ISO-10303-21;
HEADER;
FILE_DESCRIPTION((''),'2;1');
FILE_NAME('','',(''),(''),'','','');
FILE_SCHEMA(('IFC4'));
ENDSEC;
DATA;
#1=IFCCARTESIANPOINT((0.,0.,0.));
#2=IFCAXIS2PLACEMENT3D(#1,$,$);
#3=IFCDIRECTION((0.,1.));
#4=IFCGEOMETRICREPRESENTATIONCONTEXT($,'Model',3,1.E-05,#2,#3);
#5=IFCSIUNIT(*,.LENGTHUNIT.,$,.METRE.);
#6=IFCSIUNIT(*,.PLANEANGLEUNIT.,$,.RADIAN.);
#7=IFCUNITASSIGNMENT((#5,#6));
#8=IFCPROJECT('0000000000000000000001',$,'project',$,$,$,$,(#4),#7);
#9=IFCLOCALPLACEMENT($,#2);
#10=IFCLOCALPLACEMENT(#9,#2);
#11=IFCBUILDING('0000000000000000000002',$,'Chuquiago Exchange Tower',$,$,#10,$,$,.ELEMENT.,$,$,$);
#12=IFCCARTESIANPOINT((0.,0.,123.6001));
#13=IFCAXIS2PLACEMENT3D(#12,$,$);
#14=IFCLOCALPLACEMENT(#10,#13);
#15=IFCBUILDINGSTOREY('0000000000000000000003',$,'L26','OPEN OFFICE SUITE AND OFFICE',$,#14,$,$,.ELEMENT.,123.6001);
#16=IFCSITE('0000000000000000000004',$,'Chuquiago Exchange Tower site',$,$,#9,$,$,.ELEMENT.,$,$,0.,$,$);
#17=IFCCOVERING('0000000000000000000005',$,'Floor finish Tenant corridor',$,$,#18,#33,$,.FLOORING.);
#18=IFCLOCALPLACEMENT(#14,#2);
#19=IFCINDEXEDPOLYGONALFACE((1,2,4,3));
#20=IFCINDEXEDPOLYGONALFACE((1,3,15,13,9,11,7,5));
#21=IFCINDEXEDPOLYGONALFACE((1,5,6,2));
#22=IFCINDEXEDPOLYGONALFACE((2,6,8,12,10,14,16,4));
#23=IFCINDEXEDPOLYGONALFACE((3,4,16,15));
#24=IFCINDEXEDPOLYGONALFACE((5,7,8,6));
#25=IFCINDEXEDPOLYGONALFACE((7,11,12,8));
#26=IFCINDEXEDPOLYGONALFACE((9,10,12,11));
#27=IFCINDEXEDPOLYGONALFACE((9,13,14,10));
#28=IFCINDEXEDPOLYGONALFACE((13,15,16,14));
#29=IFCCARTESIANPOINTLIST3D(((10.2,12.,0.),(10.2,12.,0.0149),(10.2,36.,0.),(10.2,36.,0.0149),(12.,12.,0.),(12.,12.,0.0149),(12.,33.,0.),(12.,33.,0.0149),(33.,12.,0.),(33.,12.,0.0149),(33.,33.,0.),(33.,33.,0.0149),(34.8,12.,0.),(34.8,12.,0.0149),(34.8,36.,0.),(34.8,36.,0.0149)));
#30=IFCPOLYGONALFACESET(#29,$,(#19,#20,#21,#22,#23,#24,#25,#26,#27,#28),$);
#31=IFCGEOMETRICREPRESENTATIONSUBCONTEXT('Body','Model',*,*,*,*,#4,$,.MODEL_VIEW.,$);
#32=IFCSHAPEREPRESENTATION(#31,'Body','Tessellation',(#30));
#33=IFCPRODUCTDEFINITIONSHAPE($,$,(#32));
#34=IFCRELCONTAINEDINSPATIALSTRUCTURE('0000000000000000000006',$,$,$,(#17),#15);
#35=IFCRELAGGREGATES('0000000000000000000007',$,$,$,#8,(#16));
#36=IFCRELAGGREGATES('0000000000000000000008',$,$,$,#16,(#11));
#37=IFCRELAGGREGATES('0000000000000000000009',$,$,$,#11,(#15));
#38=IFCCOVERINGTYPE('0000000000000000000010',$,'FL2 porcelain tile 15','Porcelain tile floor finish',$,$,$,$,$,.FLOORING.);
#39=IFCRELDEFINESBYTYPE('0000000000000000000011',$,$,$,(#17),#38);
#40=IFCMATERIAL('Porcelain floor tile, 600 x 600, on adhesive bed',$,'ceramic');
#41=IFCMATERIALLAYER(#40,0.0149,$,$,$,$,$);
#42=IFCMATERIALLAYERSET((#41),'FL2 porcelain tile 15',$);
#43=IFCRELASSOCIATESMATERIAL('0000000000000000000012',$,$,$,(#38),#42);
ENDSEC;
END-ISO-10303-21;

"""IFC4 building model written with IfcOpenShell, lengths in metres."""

from ifc_helpers import new_model, si_unit, direction, frame, origin, place, context, subcontext, project, spatial, polyline, outline, extrude, material, layer, layer_set, type_object, element, save


model = new_model("IFC4")

# Units and contexts
model_context = context("Model", 3, precision=1e-05, world=origin(), true_north=direction((0.0, 1.0)))
body_context = subcontext(model_context, "Body", "Model", "MODEL_VIEW")
ifc_project = project(units=[si_unit("LENGTHUNIT", "METRE"), si_unit("PLANEANGLEUNIT", "RADIAN")], contexts=[model_context])

# Site, building, storey
site_placement = place(None, origin())
site = spatial("IfcSite", under=ifc_project, at=site_placement, Name="Chuquiago Exchange Tower site", CompositionType="ELEMENT", RefElevation=0.0)
building_placement = place(site_placement, origin())
building = spatial("IfcBuilding", under=site, at=building_placement, Name="Chuquiago Exchange Tower", CompositionType="ELEMENT")
storey_placement = place(building_placement, frame((0.0, 0.0, 123.6001)))
storey = spatial("IfcBuildingStorey", under=building, at=storey_placement, Name="L26", Description="OPEN OFFICE SUITE AND OFFICE", CompositionType="ELEMENT", Elevation=123.6001)

# Covering
ifc_material_1 = material(Name="Porcelain floor tile, 600 x 600, on adhesive bed", Category="ceramic")
ifc_layer_1 = layer(ifc_material_1, 0.0149)
ifc_layer_set_1 = layer_set([ifc_layer_1], Name="FL2 porcelain tile 15")
covering_type_1 = type_object("IfcCoveringType", Name="FL2 porcelain tile 15", Description="Porcelain tile floor finish", PredefinedType="FLOORING", material=ifc_layer_set_1)
covering_1_placement = place(storey_placement, origin())
element("IfcCovering", 1, at=covering_1_placement, inside=storey, type_object=covering_type_1, Name="Floor finish Tenant corridor", PredefinedType="FLOORING", context=body_context, shape_type="SweptSolid", body=[
    extrude(outline(polyline([(12.0, 33.0), (12.0, 12.0), (10.2, 12.0), (10.2, 36.0), (34.8, 36.0), (34.8, 12.0), (33.0, 12.0), (33.0, 33.0), (12.0, 33.0)])), origin(), (0.0, 0.0, 1.0), 0.0149),
])

save(model, "model.ifc")
